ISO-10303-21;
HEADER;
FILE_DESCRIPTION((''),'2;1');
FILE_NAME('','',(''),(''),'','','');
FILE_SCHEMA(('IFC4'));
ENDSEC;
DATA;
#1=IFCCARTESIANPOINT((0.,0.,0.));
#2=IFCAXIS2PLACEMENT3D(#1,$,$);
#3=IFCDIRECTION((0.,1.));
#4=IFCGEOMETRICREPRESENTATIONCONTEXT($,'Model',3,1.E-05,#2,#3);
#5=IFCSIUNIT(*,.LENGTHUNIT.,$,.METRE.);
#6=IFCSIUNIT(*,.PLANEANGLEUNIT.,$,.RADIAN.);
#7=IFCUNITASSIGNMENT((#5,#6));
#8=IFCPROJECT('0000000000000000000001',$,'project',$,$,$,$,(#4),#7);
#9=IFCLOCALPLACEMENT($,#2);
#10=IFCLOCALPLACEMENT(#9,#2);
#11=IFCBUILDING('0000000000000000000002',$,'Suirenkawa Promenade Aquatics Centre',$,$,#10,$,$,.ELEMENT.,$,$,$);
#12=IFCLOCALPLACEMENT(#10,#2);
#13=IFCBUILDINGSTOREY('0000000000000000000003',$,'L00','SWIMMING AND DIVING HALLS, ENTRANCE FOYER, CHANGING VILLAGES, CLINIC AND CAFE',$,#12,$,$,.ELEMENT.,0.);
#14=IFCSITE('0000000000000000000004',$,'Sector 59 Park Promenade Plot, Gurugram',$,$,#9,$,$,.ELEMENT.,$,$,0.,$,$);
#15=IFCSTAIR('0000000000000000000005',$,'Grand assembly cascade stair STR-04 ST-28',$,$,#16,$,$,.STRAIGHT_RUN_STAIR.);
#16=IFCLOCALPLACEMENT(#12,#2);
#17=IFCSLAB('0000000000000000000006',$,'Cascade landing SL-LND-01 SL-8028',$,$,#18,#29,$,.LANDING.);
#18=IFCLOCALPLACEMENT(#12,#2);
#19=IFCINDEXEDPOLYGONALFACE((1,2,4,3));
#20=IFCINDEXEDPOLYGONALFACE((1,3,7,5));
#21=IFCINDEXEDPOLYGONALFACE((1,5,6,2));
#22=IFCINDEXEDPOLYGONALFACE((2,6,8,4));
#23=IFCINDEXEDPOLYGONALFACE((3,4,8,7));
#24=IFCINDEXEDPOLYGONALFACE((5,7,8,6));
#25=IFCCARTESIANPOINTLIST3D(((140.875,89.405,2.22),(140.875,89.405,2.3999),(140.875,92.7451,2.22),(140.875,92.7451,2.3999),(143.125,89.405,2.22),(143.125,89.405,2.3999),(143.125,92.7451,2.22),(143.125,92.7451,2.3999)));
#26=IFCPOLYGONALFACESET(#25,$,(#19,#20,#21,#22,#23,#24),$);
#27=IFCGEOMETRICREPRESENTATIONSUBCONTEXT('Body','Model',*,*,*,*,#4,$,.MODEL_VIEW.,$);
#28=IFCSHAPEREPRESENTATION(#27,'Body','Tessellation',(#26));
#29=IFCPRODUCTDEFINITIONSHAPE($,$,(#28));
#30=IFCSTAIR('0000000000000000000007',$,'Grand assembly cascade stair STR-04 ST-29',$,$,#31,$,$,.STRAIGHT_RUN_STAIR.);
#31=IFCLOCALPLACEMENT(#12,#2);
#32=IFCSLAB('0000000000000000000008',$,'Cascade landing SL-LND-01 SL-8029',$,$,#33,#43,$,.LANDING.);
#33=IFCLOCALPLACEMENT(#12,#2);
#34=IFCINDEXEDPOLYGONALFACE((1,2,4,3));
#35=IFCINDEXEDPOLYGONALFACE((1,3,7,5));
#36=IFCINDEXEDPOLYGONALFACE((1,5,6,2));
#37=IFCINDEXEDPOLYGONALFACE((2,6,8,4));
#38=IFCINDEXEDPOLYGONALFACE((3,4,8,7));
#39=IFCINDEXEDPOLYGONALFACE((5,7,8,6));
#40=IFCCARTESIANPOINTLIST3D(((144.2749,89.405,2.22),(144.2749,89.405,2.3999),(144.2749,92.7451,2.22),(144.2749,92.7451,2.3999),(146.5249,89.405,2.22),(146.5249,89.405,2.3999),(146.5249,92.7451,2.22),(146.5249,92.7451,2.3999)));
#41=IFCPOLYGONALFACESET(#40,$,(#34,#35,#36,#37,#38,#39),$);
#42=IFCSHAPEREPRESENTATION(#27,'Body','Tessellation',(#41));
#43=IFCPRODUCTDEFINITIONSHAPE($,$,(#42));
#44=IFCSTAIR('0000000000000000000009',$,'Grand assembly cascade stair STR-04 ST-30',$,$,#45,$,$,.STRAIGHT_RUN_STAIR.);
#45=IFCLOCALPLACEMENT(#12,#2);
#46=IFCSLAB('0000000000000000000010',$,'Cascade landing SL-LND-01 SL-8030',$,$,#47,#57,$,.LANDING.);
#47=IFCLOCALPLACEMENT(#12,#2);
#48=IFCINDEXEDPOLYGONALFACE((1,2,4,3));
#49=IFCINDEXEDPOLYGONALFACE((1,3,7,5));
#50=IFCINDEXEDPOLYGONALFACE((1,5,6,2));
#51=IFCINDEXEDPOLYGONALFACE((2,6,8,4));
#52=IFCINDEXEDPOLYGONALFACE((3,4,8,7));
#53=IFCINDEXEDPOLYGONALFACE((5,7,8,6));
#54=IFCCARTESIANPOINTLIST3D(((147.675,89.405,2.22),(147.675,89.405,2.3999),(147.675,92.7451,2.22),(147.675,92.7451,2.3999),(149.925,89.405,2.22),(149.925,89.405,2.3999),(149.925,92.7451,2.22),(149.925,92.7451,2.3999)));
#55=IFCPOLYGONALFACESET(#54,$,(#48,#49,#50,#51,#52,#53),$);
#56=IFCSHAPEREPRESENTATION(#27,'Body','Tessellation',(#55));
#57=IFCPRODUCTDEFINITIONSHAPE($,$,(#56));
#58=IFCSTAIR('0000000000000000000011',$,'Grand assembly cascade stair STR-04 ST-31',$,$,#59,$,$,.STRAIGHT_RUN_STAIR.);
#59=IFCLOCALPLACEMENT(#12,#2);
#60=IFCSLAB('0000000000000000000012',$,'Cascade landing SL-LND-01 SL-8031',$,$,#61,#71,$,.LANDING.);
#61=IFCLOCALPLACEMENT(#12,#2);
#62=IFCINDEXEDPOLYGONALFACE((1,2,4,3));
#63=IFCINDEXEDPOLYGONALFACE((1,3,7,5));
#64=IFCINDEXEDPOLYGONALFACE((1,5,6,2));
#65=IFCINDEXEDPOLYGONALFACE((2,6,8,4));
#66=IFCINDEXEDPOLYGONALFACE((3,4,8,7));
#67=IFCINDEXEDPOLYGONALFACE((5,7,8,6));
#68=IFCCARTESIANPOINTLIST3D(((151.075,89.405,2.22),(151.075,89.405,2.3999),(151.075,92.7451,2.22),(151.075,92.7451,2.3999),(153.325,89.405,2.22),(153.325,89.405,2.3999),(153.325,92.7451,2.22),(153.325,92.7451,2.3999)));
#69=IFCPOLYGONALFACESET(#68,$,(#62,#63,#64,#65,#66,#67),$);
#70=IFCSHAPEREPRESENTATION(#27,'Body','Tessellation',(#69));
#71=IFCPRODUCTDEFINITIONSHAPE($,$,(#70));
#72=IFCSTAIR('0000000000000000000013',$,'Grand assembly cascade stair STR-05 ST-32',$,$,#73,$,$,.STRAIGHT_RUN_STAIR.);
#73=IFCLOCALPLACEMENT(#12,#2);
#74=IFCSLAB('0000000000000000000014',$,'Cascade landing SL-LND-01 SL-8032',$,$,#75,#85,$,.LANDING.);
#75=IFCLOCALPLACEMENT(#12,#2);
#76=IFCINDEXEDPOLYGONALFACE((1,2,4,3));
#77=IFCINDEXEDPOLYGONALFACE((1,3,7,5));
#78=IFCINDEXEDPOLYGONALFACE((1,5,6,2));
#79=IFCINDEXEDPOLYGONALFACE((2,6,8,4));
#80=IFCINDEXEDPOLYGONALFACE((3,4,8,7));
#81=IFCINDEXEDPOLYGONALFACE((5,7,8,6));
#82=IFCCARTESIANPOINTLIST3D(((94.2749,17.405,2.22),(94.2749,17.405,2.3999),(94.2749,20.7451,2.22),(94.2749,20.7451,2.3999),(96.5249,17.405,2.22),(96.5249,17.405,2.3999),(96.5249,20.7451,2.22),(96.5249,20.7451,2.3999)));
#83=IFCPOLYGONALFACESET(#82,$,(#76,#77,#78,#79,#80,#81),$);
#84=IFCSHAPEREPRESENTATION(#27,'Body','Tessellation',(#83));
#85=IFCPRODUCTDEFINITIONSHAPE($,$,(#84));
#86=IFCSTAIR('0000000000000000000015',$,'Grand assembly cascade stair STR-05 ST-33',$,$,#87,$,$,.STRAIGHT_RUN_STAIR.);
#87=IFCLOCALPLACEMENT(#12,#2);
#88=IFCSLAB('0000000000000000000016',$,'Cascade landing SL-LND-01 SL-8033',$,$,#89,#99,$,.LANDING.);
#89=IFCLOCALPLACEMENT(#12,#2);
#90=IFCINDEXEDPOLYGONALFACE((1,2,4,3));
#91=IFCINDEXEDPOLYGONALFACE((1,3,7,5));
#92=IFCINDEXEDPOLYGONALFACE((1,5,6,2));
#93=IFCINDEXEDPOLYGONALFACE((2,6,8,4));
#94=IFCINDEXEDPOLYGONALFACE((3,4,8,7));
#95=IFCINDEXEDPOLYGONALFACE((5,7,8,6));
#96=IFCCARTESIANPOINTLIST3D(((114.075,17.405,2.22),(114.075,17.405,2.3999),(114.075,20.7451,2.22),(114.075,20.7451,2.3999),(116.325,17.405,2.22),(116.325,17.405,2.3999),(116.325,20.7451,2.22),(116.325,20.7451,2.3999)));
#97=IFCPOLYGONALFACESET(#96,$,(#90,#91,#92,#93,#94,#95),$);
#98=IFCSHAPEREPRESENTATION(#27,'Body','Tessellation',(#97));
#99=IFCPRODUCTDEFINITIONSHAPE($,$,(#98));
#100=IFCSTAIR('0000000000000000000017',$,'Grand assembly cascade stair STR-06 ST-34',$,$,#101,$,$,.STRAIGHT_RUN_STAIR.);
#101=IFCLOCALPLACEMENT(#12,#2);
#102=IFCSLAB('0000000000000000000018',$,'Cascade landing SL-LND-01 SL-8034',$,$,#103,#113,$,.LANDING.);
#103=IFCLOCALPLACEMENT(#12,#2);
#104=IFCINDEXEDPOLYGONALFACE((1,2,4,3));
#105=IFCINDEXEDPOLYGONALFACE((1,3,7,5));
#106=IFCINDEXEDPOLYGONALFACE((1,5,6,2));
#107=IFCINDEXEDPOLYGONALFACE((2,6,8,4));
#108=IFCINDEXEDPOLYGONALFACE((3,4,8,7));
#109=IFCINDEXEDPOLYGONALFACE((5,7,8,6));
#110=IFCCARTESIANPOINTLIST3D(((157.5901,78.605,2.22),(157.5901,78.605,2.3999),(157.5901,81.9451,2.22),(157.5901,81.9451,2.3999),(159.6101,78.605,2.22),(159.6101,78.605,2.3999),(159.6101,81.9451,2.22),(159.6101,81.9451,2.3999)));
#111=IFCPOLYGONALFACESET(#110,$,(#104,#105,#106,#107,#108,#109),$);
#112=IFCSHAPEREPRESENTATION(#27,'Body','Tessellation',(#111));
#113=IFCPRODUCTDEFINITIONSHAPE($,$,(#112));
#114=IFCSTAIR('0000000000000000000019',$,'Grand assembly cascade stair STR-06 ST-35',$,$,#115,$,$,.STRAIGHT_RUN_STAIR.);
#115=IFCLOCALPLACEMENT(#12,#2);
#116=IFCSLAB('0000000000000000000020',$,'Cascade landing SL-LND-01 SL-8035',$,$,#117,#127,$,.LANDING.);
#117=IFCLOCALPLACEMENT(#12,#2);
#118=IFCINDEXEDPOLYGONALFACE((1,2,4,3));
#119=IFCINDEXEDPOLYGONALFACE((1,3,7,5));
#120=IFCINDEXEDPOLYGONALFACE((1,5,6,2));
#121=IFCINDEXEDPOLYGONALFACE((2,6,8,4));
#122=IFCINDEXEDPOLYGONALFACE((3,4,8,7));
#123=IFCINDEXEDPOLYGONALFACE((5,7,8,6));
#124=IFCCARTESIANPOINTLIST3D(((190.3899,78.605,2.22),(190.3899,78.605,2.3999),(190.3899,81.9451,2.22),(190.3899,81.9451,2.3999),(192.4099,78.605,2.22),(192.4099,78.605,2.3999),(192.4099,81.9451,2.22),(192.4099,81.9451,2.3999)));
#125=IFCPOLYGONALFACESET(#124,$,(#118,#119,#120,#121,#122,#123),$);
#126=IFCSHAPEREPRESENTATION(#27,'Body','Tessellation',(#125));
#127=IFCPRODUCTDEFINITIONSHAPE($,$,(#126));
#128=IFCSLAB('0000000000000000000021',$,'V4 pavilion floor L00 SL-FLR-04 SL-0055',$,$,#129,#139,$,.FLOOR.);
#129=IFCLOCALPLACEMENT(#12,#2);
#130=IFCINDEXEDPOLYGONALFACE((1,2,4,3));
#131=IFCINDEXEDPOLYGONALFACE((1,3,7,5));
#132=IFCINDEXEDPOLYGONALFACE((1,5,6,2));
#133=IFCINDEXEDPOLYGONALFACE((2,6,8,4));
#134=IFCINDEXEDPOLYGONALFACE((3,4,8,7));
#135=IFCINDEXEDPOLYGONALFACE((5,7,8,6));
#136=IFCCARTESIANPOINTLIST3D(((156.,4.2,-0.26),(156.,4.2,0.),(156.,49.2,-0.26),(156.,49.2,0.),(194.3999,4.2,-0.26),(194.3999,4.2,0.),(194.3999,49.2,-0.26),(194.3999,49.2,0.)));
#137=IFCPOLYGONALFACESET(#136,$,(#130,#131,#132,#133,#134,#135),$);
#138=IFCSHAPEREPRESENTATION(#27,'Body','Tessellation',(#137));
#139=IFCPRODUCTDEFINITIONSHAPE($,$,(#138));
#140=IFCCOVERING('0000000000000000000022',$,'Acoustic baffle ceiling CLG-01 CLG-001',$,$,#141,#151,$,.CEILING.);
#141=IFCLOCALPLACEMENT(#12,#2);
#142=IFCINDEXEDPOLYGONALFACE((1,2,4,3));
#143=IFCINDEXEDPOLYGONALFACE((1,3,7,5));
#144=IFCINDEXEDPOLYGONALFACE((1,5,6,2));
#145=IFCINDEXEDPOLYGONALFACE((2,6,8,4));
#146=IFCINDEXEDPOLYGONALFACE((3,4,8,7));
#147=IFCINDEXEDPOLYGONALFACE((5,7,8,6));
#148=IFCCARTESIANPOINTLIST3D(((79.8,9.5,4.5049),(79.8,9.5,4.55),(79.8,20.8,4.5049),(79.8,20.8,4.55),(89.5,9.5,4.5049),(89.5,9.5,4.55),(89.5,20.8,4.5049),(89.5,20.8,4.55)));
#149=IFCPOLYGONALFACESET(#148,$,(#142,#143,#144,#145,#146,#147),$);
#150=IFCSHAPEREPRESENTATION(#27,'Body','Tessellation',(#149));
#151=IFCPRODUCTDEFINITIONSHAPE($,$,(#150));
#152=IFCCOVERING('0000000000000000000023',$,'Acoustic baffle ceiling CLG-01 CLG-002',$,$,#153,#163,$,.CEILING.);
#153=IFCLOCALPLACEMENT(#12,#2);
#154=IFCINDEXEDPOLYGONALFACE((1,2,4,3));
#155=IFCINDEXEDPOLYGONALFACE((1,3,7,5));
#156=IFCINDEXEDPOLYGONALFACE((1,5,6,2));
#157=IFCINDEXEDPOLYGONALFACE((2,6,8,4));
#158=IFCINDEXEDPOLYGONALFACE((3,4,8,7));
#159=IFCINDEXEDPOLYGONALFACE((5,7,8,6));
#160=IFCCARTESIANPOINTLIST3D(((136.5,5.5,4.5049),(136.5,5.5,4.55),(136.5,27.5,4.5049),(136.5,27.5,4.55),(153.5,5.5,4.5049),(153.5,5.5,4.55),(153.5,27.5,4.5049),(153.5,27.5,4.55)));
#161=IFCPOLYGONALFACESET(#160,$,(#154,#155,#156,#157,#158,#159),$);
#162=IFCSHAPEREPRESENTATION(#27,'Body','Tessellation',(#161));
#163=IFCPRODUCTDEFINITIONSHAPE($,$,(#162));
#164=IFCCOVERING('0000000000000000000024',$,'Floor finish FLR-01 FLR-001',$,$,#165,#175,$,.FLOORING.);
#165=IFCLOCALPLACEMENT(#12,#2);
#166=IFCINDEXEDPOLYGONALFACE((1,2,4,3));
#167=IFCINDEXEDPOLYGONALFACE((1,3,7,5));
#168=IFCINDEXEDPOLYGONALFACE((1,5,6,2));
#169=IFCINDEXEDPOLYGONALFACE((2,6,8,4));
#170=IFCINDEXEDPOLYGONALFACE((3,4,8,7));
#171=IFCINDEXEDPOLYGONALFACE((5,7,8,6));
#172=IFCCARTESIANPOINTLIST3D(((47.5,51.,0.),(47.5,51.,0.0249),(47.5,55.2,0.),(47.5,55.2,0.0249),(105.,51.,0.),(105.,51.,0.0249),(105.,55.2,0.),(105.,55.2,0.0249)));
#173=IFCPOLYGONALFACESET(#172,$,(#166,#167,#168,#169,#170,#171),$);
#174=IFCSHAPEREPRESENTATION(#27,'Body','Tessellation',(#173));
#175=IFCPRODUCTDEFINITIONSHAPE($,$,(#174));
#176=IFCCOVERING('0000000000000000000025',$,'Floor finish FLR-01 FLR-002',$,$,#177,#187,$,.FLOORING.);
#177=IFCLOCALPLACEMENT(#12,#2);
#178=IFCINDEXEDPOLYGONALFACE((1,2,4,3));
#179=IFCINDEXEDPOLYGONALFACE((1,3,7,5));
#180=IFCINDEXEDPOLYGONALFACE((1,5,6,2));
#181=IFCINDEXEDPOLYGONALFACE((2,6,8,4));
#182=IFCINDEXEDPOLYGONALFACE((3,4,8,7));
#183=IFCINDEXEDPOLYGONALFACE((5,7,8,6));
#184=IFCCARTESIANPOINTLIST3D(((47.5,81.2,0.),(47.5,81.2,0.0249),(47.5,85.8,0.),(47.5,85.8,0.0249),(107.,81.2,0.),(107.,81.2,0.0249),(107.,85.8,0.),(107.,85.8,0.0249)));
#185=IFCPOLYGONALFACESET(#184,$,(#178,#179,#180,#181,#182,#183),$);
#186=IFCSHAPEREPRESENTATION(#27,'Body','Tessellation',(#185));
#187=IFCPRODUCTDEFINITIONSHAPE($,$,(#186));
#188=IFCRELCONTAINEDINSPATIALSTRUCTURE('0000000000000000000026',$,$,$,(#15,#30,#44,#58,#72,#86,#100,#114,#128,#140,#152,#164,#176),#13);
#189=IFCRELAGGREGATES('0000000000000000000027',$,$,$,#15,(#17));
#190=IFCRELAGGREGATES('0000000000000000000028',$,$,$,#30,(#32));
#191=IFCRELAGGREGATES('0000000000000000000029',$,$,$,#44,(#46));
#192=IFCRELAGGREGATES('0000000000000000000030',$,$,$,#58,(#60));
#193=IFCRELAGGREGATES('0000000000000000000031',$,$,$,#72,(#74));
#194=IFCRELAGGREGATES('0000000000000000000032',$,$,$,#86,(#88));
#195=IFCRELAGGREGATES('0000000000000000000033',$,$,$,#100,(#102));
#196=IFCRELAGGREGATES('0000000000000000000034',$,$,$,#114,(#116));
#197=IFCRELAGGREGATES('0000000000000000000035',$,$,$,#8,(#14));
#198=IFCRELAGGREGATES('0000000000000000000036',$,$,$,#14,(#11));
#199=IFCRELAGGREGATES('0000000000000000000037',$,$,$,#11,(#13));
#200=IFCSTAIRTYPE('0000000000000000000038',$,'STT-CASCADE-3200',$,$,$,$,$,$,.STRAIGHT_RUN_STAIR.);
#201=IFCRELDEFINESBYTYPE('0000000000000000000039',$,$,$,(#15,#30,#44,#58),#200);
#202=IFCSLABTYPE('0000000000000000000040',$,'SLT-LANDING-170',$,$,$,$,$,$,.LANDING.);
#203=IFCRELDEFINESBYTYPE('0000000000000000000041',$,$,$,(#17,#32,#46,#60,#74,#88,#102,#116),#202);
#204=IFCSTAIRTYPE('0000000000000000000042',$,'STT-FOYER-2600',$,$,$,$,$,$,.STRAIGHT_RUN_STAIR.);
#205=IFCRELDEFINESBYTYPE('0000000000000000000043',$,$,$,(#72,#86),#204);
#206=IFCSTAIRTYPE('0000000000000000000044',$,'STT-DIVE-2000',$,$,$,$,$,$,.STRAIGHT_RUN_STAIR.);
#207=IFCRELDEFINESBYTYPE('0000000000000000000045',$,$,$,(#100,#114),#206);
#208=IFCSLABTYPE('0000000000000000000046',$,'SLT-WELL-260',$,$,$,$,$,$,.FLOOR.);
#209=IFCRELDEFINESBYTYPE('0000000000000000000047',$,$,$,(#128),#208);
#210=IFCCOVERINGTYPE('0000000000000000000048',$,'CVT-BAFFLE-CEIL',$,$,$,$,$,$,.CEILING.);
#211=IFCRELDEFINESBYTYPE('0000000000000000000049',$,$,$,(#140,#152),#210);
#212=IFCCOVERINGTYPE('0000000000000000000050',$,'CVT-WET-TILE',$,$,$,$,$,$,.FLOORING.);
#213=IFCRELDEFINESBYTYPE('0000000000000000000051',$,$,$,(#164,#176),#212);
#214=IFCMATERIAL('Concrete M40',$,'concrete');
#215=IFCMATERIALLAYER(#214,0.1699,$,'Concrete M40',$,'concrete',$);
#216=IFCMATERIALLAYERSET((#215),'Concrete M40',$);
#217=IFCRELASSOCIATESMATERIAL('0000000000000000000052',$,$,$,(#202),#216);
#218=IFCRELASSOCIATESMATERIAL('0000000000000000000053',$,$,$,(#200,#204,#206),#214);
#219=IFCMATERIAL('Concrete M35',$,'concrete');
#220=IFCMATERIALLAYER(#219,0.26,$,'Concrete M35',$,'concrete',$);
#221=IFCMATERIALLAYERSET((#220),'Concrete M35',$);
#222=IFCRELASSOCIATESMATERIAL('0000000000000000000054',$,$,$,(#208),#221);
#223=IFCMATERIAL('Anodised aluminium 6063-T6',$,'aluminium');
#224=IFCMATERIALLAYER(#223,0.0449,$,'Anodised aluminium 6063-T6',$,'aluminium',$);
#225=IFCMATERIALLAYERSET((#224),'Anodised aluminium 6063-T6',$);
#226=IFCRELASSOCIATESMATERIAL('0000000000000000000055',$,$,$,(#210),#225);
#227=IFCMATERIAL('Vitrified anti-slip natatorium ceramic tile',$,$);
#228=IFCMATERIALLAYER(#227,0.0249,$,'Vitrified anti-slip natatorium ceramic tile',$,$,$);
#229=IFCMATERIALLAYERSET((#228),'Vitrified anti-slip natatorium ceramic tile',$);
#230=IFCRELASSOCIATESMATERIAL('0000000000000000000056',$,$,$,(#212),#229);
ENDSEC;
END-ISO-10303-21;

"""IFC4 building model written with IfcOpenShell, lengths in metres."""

from ifc_helpers import new_model, si_unit, direction, frame, origin, place, context, subcontext, project, spatial, polyline, outline, extrude, material, layer, layer_set, type_object, element, aggregate, save


model = new_model("IFC4")

# Units and contexts
model_context = context("Model", 3, precision=1e-05, world=origin(), true_north=direction((0.0, 1.0)))
body_context = subcontext(model_context, "Body", "Model", "MODEL_VIEW")
ifc_project = project(units=[si_unit("LENGTHUNIT", "METRE"), si_unit("PLANEANGLEUNIT", "RADIAN")], contexts=[model_context])

# Site, building, storey
site_placement = place(None, origin())
site = spatial("IfcSite", under=ifc_project, at=site_placement, Name="Sector 59 Park Promenade Plot, Gurugram", CompositionType="ELEMENT", RefElevation=0.0)
building_placement = place(site_placement, origin())
building = spatial("IfcBuilding", under=site, at=building_placement, Name="Suirenkawa Promenade Aquatics Centre", CompositionType="ELEMENT")
storey_placement = place(building_placement, origin())
storey = spatial("IfcBuildingStorey", under=building, at=storey_placement, Name="L00", Description="SWIMMING AND DIVING HALLS, ENTRANCE FOYER, CHANGING VILLAGES, CLINIC AND CAFE", CompositionType="ELEMENT", Elevation=0.0)

# Shared definitions
ifc_material_1 = material(Name="Concrete M40", Category="concrete")

# Shared definitions
ifc_material_2 = material(Name="Concrete M35", Category="concrete")

# Stairs, slabs
ifc_layer_1 = layer(ifc_material_1, 0.1699, Name="Concrete M40", Category="concrete")
ifc_layer_set_1 = layer_set([ifc_layer_1], Name="Concrete M40")
slab_type_1 = type_object("IfcSlabType", Name="SLT-LANDING-170", PredefinedType="LANDING", material=ifc_layer_set_1)
stair_type_1 = type_object("IfcStairType", Name="STT-CASCADE-3200", PredefinedType="STRAIGHT_RUN_STAIR", material=ifc_material_1)
stair_1_placement = place(storey_placement, origin())
stair_1 = element("IfcStair", 1, at=stair_1_placement, inside=storey, type_object=stair_type_1, Name="Grand assembly cascade stair STR-04 ST-28", PredefinedType="STRAIGHT_RUN_STAIR")
slab_1_placement = place(storey_placement, frame((0.0, 0.0, 2.22)))
slab_1 = element("IfcSlab", 2, at=slab_1_placement, type_object=slab_type_1, Name="Cascade landing SL-LND-01 SL-8028", PredefinedType="LANDING", context=body_context, shape_type="SweptSolid", body=[
    extrude(outline(polyline([(140.875, 89.405), (143.125, 89.405), (143.125, 92.7451), (140.875, 92.7451), (140.875, 89.405)])), origin(), (0.0, 0.0, 1.0), 0.1799),
])
aggregate(stair_1, [slab_1])
stair_2_placement = place(storey_placement, origin())
stair_2 = element("IfcStair", 3, at=stair_2_placement, inside=storey, type_object=stair_type_1, Name="Grand assembly cascade stair STR-04 ST-29", PredefinedType="STRAIGHT_RUN_STAIR")
slab_2_placement = place(storey_placement, frame((0.0, 0.0, 2.22)))
slab_2 = element("IfcSlab", 4, at=slab_2_placement, type_object=slab_type_1, Name="Cascade landing SL-LND-01 SL-8029", PredefinedType="LANDING", context=body_context, shape_type="SweptSolid", body=[
    extrude(outline(polyline([(144.2749, 89.405), (146.5249, 89.405), (146.5249, 92.7451), (144.2749, 92.7451), (144.2749, 89.405)])), origin(), (0.0, 0.0, 1.0), 0.1799),
])
aggregate(stair_2, [slab_2])
stair_3_placement = place(storey_placement, origin())
stair_3 = element("IfcStair", 5, at=stair_3_placement, inside=storey, type_object=stair_type_1, Name="Grand assembly cascade stair STR-04 ST-30", PredefinedType="STRAIGHT_RUN_STAIR")
slab_3_placement = place(storey_placement, frame((0.0, 0.0, 2.22)))
slab_3 = element("IfcSlab", 6, at=slab_3_placement, type_object=slab_type_1, Name="Cascade landing SL-LND-01 SL-8030", PredefinedType="LANDING", context=body_context, shape_type="SweptSolid", body=[
    extrude(outline(polyline([(147.675, 89.405), (149.925, 89.405), (149.925, 92.7451), (147.675, 92.7451), (147.675, 89.405)])), origin(), (0.0, 0.0, 1.0), 0.1799),
])
aggregate(stair_3, [slab_3])
stair_4_placement = place(storey_placement, origin())
stair_4 = element("IfcStair", 7, at=stair_4_placement, inside=storey, type_object=stair_type_1, Name="Grand assembly cascade stair STR-04 ST-31", PredefinedType="STRAIGHT_RUN_STAIR")
slab_4_placement = place(storey_placement, frame((0.0, 0.0, 2.22)))
slab_4 = element("IfcSlab", 8, at=slab_4_placement, type_object=slab_type_1, Name="Cascade landing SL-LND-01 SL-8031", PredefinedType="LANDING", context=body_context, shape_type="SweptSolid", body=[
    extrude(outline(polyline([(151.075, 89.405), (153.325, 89.405), (153.325, 92.7451), (151.075, 92.7451), (151.075, 89.405)])), origin(), (0.0, 0.0, 1.0), 0.1799),
])
aggregate(stair_4, [slab_4])
stair_type_2 = type_object("IfcStairType", Name="STT-FOYER-2600", PredefinedType="STRAIGHT_RUN_STAIR", material=ifc_material_1)
stair_5_placement = place(storey_placement, origin())
stair_5 = element("IfcStair", 9, at=stair_5_placement, inside=storey, type_object=stair_type_2, Name="Grand assembly cascade stair STR-05 ST-32", PredefinedType="STRAIGHT_RUN_STAIR")
slab_5_placement = place(storey_placement, frame((0.0, 0.0, 2.22)))
slab_5 = element("IfcSlab", 10, at=slab_5_placement, type_object=slab_type_1, Name="Cascade landing SL-LND-01 SL-8032", PredefinedType="LANDING", context=body_context, shape_type="SweptSolid", body=[
    extrude(outline(polyline([(94.2749, 17.405), (96.5249, 17.405), (96.5249, 20.7451), (94.2749, 20.7451), (94.2749, 17.405)])), origin(), (0.0, 0.0, 1.0), 0.1799),
])
aggregate(stair_5, [slab_5])
stair_6_placement = place(storey_placement, origin())
stair_6 = element("IfcStair", 11, at=stair_6_placement, inside=storey, type_object=stair_type_2, Name="Grand assembly cascade stair STR-05 ST-33", PredefinedType="STRAIGHT_RUN_STAIR")
slab_6_placement = place(storey_placement, frame((0.0, 0.0, 2.22)))
slab_6 = element("IfcSlab", 12, at=slab_6_placement, type_object=slab_type_1, Name="Cascade landing SL-LND-01 SL-8033", PredefinedType="LANDING", context=body_context, shape_type="SweptSolid", body=[
    extrude(outline(polyline([(114.075, 17.405), (116.325, 17.405), (116.325, 20.7451), (114.075, 20.7451), (114.075, 17.405)])), origin(), (0.0, 0.0, 1.0), 0.1799),
])
aggregate(stair_6, [slab_6])
stair_type_3 = type_object("IfcStairType", Name="STT-DIVE-2000", PredefinedType="STRAIGHT_RUN_STAIR", material=ifc_material_1)
stair_7_placement = place(storey_placement, origin())
stair_7 = element("IfcStair", 13, at=stair_7_placement, inside=storey, type_object=stair_type_3, Name="Grand assembly cascade stair STR-06 ST-34", PredefinedType="STRAIGHT_RUN_STAIR")
slab_7_placement = place(storey_placement, frame((0.0, 0.0, 2.22)))
slab_7 = element("IfcSlab", 14, at=slab_7_placement, type_object=slab_type_1, Name="Cascade landing SL-LND-01 SL-8034", PredefinedType="LANDING", context=body_context, shape_type="SweptSolid", body=[
    extrude(outline(polyline([(157.5901, 78.605), (159.6101, 78.605), (159.6101, 81.9451), (157.5901, 81.9451), (157.5901, 78.605)])), origin(), (0.0, 0.0, 1.0), 0.1799),
])
aggregate(stair_7, [slab_7])
stair_8_placement = place(storey_placement, origin())
stair_8 = element("IfcStair", 15, at=stair_8_placement, inside=storey, type_object=stair_type_3, Name="Grand assembly cascade stair STR-06 ST-35", PredefinedType="STRAIGHT_RUN_STAIR")
slab_8_placement = place(storey_placement, frame((0.0, 0.0, 2.22)))
slab_8 = element("IfcSlab", 16, at=slab_8_placement, type_object=slab_type_1, Name="Cascade landing SL-LND-01 SL-8035", PredefinedType="LANDING", context=body_context, shape_type="SweptSolid", body=[
    extrude(outline(polyline([(190.3899, 78.605), (192.4099, 78.605), (192.4099, 81.9451), (190.3899, 81.9451), (190.3899, 78.605)])), origin(), (0.0, 0.0, 1.0), 0.1799),
])
aggregate(stair_8, [slab_8])

# Slab
ifc_layer_2 = layer(ifc_material_2, 0.26, Name="Concrete M35", Category="concrete")
ifc_layer_set_2 = layer_set([ifc_layer_2], Name="Concrete M35")
slab_type_2 = type_object("IfcSlabType", Name="SLT-WELL-260", PredefinedType="FLOOR", material=ifc_layer_set_2)
slab_9_placement = place(storey_placement, frame((0.0, 0.0, -0.26)))
element("IfcSlab", 17, at=slab_9_placement, inside=storey, type_object=slab_type_2, Name="V4 pavilion floor L00 SL-FLR-04 SL-0055", PredefinedType="FLOOR", context=body_context, shape_type="SweptSolid", body=[
    extrude(outline(polyline([(156.0, 4.2), (194.3999, 4.2), (194.3999, 49.2), (156.0, 49.2), (156.0, 4.2)])), origin(), (0.0, 0.0, 1.0), 0.26),
])

# Coverings
ifc_material_3 = material(Name="Anodised aluminium 6063-T6", Category="aluminium")
ifc_layer_3 = layer(ifc_material_3, 0.0449, Name="Anodised aluminium 6063-T6", Category="aluminium")
ifc_layer_set_3 = layer_set([ifc_layer_3], Name="Anodised aluminium 6063-T6")
covering_type_1 = type_object("IfcCoveringType", Name="CVT-BAFFLE-CEIL", PredefinedType="CEILING", material=ifc_layer_set_3)
covering_1_placement = place(storey_placement, frame((0.0, 0.0, 4.5049)))
element("IfcCovering", 18, at=covering_1_placement, inside=storey, type_object=covering_type_1, Name="Acoustic baffle ceiling CLG-01 CLG-001", PredefinedType="CEILING", context=body_context, shape_type="SweptSolid", body=[
    extrude(outline(polyline([(79.8, 9.5), (89.5, 9.5), (89.5, 20.8), (79.8, 20.8), (79.8, 9.5)])), origin(), (0.0, 0.0, 1.0), 0.0452),
])
covering_2_placement = place(storey_placement, frame((0.0, 0.0, 4.5049)))
element("IfcCovering", 19, at=covering_2_placement, inside=storey, type_object=covering_type_1, Name="Acoustic baffle ceiling CLG-01 CLG-002", PredefinedType="CEILING", context=body_context, shape_type="SweptSolid", body=[
    extrude(outline(polyline([(136.5, 5.5), (153.5, 5.5), (153.5, 27.5), (136.5, 27.5), (136.5, 5.5)])), origin(), (0.0, 0.0, 1.0), 0.0452),
])
ifc_material_4 = material(Name="Vitrified anti-slip natatorium ceramic tile")
ifc_layer_4 = layer(ifc_material_4, 0.0249, Name="Vitrified anti-slip natatorium ceramic tile")
ifc_layer_set_4 = layer_set([ifc_layer_4], Name="Vitrified anti-slip natatorium ceramic tile")
covering_type_2 = type_object("IfcCoveringType", Name="CVT-WET-TILE", PredefinedType="FLOORING", material=ifc_layer_set_4)
covering_3_placement = place(storey_placement, origin())
element("IfcCovering", 20, at=covering_3_placement, inside=storey, type_object=covering_type_2, Name="Floor finish FLR-01 FLR-001", PredefinedType="FLOORING", context=body_context, shape_type="SweptSolid", body=[
    extrude(outline(polyline([(47.5, 51.0), (105.0, 51.0), (105.0, 55.2), (47.5, 55.2), (47.5, 51.0)])), origin(), (0.0, 0.0, 1.0), 0.0249),
])
covering_4_placement = place(storey_placement, origin())
element("IfcCovering", 21, at=covering_4_placement, inside=storey, type_object=covering_type_2, Name="Floor finish FLR-01 FLR-002", PredefinedType="FLOORING", context=body_context, shape_type="SweptSolid", body=[
    extrude(outline(polyline([(47.5, 81.2), (107.0, 81.2), (107.0, 85.8), (47.5, 85.8), (47.5, 81.2)])), origin(), (0.0, 0.0, 1.0), 0.0249),
])

save(model, "model.ifc")
